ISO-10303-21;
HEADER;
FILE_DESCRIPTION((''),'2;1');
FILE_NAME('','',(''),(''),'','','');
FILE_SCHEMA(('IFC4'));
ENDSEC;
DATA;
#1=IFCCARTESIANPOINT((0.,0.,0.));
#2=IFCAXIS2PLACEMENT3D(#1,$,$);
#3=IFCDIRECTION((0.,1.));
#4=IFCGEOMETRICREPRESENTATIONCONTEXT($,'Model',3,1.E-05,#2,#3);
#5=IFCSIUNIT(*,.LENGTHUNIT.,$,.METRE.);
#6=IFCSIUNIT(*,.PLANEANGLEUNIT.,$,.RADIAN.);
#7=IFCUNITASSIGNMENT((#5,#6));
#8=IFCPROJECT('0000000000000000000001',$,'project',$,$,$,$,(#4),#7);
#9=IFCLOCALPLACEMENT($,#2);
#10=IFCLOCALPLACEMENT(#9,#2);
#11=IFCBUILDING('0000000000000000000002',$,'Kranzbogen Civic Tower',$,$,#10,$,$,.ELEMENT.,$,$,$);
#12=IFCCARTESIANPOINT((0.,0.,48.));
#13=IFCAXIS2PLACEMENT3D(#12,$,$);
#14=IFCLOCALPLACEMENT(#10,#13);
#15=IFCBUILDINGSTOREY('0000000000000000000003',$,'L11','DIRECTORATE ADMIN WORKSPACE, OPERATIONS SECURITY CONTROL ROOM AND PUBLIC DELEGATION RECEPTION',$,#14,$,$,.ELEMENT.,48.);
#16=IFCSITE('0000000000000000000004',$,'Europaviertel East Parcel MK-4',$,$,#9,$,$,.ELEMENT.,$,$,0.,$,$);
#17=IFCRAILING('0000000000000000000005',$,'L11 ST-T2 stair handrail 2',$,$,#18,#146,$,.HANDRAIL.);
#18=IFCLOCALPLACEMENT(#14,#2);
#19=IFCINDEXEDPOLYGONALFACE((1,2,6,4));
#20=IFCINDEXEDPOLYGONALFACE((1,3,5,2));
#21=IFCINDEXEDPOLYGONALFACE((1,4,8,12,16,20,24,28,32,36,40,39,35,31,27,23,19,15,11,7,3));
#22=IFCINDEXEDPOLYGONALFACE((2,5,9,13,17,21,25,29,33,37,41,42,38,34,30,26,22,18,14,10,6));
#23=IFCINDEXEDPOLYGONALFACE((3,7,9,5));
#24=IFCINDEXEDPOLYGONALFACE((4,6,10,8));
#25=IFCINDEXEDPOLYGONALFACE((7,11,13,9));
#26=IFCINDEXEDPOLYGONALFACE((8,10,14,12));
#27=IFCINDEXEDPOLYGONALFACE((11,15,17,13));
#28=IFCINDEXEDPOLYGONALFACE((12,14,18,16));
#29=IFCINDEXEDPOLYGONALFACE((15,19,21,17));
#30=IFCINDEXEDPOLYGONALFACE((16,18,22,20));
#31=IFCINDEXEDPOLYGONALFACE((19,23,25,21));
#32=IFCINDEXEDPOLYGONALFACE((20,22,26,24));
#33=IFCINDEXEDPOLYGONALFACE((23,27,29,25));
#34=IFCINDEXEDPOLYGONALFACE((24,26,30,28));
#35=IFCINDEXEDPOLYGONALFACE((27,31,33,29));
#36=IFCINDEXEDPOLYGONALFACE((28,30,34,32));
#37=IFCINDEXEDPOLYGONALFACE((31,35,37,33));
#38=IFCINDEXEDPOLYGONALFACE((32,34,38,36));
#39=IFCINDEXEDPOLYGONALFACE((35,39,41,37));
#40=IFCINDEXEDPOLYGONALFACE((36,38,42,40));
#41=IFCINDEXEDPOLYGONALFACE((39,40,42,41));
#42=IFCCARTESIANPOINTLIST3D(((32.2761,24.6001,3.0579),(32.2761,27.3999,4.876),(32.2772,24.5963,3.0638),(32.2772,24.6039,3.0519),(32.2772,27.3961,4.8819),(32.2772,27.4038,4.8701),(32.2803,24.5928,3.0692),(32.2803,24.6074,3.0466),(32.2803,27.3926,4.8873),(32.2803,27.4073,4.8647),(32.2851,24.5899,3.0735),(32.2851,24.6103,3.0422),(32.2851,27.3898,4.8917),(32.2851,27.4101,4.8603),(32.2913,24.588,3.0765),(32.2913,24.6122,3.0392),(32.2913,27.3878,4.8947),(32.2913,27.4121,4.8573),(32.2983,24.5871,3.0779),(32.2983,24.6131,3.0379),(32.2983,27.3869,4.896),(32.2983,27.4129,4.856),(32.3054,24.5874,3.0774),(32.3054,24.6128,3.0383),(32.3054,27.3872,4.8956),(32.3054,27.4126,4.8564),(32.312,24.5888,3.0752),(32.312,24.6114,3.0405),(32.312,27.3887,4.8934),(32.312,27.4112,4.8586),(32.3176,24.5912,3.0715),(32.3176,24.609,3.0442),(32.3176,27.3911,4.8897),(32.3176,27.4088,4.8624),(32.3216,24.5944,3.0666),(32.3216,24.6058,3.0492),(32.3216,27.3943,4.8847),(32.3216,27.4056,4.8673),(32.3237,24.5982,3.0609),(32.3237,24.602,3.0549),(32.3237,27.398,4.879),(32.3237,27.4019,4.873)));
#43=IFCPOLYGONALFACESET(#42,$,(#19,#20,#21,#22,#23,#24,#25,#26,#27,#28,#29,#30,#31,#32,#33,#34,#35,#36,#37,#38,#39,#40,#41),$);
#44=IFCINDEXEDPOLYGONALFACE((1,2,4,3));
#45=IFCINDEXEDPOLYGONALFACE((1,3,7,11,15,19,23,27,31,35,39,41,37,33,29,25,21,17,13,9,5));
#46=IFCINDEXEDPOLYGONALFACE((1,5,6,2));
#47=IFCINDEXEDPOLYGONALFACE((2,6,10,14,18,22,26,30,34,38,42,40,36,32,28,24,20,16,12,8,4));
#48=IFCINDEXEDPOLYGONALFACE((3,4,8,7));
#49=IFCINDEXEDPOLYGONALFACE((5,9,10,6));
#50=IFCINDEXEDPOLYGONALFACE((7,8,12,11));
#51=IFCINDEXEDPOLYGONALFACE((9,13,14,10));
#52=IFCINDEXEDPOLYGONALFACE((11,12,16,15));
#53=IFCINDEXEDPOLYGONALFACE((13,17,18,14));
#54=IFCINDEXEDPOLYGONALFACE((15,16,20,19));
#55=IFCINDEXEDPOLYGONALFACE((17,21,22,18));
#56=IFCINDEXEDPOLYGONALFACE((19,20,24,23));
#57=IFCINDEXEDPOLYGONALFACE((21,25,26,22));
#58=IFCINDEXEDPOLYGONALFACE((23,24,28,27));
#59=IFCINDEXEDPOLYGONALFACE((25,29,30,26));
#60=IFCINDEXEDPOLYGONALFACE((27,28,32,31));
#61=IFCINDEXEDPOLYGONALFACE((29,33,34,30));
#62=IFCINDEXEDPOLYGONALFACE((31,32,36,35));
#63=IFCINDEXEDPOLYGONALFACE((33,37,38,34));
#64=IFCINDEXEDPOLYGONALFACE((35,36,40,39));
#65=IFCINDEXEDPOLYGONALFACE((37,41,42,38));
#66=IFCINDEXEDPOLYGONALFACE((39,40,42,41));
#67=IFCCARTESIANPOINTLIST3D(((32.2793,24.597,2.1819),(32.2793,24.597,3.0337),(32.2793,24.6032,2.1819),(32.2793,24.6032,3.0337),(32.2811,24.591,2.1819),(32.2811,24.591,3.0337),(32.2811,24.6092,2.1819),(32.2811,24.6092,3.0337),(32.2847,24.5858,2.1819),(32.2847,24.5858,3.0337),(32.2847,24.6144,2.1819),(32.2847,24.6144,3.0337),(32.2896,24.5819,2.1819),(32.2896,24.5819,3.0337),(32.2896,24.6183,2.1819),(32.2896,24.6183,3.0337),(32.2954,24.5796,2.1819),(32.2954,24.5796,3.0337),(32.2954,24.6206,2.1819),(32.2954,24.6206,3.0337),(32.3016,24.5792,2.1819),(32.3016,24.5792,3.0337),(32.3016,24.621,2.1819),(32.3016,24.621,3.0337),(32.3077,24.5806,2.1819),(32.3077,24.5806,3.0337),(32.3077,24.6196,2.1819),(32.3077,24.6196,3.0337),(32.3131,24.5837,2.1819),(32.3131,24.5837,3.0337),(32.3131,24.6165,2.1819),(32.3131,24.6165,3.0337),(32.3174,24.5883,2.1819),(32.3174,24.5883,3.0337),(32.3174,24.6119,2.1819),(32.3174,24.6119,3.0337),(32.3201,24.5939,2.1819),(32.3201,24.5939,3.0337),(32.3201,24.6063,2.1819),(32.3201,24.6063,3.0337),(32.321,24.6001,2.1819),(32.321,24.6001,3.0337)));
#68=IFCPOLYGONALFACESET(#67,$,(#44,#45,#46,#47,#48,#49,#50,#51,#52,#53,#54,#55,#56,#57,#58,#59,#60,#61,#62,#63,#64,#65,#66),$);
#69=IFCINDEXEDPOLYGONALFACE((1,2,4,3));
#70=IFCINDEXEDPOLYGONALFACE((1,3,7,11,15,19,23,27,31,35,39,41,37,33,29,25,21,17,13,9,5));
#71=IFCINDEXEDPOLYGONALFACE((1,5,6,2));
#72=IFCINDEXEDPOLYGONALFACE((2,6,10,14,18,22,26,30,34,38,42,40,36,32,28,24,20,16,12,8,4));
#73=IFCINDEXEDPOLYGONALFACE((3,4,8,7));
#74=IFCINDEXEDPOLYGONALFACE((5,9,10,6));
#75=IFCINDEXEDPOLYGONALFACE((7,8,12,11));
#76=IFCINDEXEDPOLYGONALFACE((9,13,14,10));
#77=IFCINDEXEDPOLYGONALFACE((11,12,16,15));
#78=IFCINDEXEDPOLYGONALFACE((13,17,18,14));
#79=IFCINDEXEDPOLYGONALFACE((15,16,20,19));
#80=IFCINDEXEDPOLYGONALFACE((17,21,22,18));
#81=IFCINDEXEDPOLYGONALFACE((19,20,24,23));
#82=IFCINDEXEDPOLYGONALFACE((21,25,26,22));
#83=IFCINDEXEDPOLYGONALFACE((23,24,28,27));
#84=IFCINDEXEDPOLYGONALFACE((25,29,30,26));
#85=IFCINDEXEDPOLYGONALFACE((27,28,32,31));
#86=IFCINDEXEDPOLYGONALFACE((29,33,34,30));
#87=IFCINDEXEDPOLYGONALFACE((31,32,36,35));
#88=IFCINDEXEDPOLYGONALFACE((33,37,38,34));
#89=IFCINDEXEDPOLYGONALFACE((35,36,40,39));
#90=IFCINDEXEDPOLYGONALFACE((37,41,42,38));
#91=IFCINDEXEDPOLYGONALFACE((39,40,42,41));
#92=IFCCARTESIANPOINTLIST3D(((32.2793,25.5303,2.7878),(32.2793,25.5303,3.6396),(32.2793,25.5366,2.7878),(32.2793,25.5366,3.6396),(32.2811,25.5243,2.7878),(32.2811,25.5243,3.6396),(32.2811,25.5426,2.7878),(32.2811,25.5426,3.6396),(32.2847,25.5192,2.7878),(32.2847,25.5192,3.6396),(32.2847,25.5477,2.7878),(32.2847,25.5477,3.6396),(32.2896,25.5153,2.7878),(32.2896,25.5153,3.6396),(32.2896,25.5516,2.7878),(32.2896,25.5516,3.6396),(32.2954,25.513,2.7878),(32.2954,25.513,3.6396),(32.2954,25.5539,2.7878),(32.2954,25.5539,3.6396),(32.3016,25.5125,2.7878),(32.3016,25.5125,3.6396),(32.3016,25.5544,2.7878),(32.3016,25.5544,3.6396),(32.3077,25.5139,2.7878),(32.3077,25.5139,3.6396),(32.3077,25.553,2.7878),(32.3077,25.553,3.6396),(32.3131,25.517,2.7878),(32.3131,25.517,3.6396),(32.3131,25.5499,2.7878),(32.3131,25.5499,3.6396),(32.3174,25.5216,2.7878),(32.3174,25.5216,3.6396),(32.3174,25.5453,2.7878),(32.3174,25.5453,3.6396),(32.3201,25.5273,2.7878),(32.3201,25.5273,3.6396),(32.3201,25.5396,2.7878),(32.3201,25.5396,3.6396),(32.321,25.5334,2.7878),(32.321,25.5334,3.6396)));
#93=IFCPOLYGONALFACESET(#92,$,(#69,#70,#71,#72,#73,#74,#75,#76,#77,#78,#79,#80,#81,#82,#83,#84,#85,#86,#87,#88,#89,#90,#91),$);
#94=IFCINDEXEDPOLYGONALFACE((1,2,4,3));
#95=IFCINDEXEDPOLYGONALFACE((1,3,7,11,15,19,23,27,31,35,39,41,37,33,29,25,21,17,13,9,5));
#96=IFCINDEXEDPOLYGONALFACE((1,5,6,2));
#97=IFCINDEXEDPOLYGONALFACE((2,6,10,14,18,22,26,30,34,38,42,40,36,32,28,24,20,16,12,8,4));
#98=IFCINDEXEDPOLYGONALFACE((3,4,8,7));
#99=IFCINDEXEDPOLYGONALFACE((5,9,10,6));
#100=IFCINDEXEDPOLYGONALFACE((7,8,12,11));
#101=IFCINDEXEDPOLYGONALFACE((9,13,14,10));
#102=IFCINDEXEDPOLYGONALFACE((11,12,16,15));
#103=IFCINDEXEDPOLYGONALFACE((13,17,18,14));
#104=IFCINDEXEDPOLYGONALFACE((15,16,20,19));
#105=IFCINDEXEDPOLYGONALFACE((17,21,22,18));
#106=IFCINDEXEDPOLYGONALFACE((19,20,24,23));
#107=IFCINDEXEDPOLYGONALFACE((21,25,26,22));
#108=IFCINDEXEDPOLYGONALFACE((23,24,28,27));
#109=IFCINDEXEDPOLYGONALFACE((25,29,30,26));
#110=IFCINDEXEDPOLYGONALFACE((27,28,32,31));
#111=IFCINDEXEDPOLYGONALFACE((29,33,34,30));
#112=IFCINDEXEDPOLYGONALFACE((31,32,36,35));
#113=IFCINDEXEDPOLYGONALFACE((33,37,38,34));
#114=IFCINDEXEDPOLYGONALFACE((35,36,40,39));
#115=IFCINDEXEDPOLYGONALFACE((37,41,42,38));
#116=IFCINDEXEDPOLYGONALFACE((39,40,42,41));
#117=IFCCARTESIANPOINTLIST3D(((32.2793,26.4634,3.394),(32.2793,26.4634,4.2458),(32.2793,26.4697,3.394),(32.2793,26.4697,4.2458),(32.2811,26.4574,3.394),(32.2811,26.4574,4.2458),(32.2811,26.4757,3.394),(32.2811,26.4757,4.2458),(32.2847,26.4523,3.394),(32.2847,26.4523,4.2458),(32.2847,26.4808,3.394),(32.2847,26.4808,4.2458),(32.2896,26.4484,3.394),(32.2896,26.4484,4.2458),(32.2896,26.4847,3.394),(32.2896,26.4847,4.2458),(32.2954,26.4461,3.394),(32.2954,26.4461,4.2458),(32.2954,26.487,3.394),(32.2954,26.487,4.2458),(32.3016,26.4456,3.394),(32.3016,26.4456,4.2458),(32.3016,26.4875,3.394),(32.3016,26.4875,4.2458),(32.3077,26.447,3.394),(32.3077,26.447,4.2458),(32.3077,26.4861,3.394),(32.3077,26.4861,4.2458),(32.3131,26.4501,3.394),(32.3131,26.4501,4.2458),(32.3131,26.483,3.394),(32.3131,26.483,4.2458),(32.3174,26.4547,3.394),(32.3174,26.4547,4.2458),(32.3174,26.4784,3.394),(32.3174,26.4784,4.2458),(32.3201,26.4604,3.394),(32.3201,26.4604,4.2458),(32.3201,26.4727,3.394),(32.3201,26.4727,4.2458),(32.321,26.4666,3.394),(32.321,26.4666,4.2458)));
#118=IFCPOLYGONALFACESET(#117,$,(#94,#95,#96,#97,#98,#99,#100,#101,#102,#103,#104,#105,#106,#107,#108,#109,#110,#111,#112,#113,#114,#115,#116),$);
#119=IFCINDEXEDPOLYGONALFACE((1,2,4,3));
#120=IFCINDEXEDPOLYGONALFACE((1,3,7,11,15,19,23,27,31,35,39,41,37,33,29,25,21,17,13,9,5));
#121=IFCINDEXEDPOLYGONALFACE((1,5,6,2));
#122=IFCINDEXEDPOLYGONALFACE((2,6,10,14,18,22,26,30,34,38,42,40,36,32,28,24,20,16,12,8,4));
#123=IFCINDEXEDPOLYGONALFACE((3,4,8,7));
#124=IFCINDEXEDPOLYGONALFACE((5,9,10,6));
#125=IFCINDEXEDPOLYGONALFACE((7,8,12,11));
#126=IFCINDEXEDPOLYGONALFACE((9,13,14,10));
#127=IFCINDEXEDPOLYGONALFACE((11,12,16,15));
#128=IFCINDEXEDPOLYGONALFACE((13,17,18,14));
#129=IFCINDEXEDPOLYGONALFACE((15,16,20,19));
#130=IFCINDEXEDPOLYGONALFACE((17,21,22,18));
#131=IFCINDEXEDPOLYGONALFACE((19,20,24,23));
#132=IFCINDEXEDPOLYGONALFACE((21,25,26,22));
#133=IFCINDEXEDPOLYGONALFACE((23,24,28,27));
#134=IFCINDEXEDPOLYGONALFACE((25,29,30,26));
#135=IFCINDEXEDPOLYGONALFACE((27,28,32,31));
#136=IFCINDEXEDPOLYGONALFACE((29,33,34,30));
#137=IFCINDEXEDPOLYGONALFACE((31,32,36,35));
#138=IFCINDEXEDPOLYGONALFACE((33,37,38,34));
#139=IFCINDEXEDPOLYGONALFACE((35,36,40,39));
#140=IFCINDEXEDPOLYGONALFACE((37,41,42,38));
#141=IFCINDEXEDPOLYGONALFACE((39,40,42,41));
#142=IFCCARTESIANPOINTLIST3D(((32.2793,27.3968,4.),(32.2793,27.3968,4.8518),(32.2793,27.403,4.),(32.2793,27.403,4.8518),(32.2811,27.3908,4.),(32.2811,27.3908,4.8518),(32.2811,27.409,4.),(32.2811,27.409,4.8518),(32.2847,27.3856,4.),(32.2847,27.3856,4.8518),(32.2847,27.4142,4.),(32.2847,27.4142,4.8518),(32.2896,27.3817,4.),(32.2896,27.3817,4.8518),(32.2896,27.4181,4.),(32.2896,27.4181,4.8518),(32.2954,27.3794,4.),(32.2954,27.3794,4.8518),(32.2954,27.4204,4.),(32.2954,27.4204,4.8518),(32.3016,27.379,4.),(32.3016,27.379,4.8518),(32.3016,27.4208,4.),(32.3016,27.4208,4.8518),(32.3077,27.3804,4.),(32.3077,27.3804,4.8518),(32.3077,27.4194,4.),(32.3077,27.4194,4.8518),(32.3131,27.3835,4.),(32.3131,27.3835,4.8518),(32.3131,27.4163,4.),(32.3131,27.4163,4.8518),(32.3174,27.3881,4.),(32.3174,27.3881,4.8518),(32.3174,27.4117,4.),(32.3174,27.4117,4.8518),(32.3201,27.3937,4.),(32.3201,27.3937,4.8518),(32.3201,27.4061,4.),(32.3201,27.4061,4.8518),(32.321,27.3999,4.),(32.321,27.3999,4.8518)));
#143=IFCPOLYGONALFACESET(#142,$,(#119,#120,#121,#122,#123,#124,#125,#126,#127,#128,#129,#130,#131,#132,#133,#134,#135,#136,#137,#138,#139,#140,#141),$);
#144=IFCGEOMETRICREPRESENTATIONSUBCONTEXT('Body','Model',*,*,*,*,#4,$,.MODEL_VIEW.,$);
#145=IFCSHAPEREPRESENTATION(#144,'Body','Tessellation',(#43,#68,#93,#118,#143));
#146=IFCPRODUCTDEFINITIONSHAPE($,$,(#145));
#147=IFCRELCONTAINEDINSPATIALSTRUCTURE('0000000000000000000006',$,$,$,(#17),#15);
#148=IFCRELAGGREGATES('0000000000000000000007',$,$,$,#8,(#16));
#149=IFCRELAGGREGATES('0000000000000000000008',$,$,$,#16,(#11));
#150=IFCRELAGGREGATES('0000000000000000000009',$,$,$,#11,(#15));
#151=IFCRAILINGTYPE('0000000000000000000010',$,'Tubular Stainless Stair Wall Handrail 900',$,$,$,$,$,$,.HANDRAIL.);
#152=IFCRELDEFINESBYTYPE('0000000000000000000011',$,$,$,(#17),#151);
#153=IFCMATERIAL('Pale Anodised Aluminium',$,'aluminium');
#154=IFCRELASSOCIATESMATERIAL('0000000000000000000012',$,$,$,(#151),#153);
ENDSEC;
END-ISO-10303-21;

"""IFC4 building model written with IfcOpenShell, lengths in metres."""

from ifc_helpers import new_model, si_unit, direction, frame, origin, origin_2d, place, context, subcontext, project, spatial, circle, extrude, material, type_object, element, save


model = new_model("IFC4")

# Units and contexts
model_context = context("Model", 3, precision=1e-05, world=origin(), true_north=direction((0.0, 1.0)))
body_context = subcontext(model_context, "Body", "Model", "MODEL_VIEW")
ifc_project = project(units=[si_unit("LENGTHUNIT", "METRE"), si_unit("PLANEANGLEUNIT", "RADIAN")], contexts=[model_context])

# Site, building, storey
site_placement = place(None, origin())
site = spatial("IfcSite", under=ifc_project, at=site_placement, Name="Europaviertel East Parcel MK-4", CompositionType="ELEMENT", RefElevation=0.0)
building_placement = place(site_placement, origin())
building = spatial("IfcBuilding", under=site, at=building_placement, Name="Kranzbogen Civic Tower", CompositionType="ELEMENT")
storey_placement = place(building_placement, frame((0.0, 0.0, 48.0)))
storey = spatial("IfcBuildingStorey", under=building, at=storey_placement, Name="L11", Description="DIRECTORATE ADMIN WORKSPACE, OPERATIONS SECURITY CONTROL ROOM AND PUBLIC DELEGATION RECEPTION", CompositionType="ELEMENT", Elevation=48.0)

# Shared definitions
ifc_material_1 = material(Name="Pale Anodised Aluminium", Category="aluminium")

# Railing
railing_type_1 = type_object("IfcRailingType", Name="Tubular Stainless Stair Wall Handrail 900", PredefinedType="HANDRAIL", material=ifc_material_1)
railing_1_placement = place(storey_placement, frame((32.3, 24.6001, 2.1819)))
element("IfcRailing", 1, at=railing_1_placement, inside=storey, type_object=railing_type_1, Name="L11 ST-T2 stair handrail 2", PredefinedType="HANDRAIL", context=body_context, shape_type="SweptSolid", body=[
    extrude(circle(Radius=0.0239, at=origin_2d()), frame((0.0, 0.0, 0.876), z_axis=(0.0, 0.838684, 0.544618), x_axis=(-1.0, 0.0, 0.0)), (0.0, 0.0, 1.0), 3.3384),
    extrude(circle(Radius=0.021, at=origin_2d()), origin(), (0.0, 0.0, 1.0), 0.8518),
    extrude(circle(Radius=0.021, at=origin_2d()), frame((0.0, 0.9333, 0.606)), (0.0, 0.0, 1.0), 0.8518),
    extrude(circle(Radius=0.021, at=origin_2d()), frame((0.0, 1.8665, 1.2122)), (0.0, 0.0, 1.0), 0.8518),
    extrude(circle(Radius=0.021, at=origin_2d()), frame((0.0, 2.7998, 1.8181)), (0.0, 0.0, 1.0), 0.8518),
])

save(model, "model.ifc")
